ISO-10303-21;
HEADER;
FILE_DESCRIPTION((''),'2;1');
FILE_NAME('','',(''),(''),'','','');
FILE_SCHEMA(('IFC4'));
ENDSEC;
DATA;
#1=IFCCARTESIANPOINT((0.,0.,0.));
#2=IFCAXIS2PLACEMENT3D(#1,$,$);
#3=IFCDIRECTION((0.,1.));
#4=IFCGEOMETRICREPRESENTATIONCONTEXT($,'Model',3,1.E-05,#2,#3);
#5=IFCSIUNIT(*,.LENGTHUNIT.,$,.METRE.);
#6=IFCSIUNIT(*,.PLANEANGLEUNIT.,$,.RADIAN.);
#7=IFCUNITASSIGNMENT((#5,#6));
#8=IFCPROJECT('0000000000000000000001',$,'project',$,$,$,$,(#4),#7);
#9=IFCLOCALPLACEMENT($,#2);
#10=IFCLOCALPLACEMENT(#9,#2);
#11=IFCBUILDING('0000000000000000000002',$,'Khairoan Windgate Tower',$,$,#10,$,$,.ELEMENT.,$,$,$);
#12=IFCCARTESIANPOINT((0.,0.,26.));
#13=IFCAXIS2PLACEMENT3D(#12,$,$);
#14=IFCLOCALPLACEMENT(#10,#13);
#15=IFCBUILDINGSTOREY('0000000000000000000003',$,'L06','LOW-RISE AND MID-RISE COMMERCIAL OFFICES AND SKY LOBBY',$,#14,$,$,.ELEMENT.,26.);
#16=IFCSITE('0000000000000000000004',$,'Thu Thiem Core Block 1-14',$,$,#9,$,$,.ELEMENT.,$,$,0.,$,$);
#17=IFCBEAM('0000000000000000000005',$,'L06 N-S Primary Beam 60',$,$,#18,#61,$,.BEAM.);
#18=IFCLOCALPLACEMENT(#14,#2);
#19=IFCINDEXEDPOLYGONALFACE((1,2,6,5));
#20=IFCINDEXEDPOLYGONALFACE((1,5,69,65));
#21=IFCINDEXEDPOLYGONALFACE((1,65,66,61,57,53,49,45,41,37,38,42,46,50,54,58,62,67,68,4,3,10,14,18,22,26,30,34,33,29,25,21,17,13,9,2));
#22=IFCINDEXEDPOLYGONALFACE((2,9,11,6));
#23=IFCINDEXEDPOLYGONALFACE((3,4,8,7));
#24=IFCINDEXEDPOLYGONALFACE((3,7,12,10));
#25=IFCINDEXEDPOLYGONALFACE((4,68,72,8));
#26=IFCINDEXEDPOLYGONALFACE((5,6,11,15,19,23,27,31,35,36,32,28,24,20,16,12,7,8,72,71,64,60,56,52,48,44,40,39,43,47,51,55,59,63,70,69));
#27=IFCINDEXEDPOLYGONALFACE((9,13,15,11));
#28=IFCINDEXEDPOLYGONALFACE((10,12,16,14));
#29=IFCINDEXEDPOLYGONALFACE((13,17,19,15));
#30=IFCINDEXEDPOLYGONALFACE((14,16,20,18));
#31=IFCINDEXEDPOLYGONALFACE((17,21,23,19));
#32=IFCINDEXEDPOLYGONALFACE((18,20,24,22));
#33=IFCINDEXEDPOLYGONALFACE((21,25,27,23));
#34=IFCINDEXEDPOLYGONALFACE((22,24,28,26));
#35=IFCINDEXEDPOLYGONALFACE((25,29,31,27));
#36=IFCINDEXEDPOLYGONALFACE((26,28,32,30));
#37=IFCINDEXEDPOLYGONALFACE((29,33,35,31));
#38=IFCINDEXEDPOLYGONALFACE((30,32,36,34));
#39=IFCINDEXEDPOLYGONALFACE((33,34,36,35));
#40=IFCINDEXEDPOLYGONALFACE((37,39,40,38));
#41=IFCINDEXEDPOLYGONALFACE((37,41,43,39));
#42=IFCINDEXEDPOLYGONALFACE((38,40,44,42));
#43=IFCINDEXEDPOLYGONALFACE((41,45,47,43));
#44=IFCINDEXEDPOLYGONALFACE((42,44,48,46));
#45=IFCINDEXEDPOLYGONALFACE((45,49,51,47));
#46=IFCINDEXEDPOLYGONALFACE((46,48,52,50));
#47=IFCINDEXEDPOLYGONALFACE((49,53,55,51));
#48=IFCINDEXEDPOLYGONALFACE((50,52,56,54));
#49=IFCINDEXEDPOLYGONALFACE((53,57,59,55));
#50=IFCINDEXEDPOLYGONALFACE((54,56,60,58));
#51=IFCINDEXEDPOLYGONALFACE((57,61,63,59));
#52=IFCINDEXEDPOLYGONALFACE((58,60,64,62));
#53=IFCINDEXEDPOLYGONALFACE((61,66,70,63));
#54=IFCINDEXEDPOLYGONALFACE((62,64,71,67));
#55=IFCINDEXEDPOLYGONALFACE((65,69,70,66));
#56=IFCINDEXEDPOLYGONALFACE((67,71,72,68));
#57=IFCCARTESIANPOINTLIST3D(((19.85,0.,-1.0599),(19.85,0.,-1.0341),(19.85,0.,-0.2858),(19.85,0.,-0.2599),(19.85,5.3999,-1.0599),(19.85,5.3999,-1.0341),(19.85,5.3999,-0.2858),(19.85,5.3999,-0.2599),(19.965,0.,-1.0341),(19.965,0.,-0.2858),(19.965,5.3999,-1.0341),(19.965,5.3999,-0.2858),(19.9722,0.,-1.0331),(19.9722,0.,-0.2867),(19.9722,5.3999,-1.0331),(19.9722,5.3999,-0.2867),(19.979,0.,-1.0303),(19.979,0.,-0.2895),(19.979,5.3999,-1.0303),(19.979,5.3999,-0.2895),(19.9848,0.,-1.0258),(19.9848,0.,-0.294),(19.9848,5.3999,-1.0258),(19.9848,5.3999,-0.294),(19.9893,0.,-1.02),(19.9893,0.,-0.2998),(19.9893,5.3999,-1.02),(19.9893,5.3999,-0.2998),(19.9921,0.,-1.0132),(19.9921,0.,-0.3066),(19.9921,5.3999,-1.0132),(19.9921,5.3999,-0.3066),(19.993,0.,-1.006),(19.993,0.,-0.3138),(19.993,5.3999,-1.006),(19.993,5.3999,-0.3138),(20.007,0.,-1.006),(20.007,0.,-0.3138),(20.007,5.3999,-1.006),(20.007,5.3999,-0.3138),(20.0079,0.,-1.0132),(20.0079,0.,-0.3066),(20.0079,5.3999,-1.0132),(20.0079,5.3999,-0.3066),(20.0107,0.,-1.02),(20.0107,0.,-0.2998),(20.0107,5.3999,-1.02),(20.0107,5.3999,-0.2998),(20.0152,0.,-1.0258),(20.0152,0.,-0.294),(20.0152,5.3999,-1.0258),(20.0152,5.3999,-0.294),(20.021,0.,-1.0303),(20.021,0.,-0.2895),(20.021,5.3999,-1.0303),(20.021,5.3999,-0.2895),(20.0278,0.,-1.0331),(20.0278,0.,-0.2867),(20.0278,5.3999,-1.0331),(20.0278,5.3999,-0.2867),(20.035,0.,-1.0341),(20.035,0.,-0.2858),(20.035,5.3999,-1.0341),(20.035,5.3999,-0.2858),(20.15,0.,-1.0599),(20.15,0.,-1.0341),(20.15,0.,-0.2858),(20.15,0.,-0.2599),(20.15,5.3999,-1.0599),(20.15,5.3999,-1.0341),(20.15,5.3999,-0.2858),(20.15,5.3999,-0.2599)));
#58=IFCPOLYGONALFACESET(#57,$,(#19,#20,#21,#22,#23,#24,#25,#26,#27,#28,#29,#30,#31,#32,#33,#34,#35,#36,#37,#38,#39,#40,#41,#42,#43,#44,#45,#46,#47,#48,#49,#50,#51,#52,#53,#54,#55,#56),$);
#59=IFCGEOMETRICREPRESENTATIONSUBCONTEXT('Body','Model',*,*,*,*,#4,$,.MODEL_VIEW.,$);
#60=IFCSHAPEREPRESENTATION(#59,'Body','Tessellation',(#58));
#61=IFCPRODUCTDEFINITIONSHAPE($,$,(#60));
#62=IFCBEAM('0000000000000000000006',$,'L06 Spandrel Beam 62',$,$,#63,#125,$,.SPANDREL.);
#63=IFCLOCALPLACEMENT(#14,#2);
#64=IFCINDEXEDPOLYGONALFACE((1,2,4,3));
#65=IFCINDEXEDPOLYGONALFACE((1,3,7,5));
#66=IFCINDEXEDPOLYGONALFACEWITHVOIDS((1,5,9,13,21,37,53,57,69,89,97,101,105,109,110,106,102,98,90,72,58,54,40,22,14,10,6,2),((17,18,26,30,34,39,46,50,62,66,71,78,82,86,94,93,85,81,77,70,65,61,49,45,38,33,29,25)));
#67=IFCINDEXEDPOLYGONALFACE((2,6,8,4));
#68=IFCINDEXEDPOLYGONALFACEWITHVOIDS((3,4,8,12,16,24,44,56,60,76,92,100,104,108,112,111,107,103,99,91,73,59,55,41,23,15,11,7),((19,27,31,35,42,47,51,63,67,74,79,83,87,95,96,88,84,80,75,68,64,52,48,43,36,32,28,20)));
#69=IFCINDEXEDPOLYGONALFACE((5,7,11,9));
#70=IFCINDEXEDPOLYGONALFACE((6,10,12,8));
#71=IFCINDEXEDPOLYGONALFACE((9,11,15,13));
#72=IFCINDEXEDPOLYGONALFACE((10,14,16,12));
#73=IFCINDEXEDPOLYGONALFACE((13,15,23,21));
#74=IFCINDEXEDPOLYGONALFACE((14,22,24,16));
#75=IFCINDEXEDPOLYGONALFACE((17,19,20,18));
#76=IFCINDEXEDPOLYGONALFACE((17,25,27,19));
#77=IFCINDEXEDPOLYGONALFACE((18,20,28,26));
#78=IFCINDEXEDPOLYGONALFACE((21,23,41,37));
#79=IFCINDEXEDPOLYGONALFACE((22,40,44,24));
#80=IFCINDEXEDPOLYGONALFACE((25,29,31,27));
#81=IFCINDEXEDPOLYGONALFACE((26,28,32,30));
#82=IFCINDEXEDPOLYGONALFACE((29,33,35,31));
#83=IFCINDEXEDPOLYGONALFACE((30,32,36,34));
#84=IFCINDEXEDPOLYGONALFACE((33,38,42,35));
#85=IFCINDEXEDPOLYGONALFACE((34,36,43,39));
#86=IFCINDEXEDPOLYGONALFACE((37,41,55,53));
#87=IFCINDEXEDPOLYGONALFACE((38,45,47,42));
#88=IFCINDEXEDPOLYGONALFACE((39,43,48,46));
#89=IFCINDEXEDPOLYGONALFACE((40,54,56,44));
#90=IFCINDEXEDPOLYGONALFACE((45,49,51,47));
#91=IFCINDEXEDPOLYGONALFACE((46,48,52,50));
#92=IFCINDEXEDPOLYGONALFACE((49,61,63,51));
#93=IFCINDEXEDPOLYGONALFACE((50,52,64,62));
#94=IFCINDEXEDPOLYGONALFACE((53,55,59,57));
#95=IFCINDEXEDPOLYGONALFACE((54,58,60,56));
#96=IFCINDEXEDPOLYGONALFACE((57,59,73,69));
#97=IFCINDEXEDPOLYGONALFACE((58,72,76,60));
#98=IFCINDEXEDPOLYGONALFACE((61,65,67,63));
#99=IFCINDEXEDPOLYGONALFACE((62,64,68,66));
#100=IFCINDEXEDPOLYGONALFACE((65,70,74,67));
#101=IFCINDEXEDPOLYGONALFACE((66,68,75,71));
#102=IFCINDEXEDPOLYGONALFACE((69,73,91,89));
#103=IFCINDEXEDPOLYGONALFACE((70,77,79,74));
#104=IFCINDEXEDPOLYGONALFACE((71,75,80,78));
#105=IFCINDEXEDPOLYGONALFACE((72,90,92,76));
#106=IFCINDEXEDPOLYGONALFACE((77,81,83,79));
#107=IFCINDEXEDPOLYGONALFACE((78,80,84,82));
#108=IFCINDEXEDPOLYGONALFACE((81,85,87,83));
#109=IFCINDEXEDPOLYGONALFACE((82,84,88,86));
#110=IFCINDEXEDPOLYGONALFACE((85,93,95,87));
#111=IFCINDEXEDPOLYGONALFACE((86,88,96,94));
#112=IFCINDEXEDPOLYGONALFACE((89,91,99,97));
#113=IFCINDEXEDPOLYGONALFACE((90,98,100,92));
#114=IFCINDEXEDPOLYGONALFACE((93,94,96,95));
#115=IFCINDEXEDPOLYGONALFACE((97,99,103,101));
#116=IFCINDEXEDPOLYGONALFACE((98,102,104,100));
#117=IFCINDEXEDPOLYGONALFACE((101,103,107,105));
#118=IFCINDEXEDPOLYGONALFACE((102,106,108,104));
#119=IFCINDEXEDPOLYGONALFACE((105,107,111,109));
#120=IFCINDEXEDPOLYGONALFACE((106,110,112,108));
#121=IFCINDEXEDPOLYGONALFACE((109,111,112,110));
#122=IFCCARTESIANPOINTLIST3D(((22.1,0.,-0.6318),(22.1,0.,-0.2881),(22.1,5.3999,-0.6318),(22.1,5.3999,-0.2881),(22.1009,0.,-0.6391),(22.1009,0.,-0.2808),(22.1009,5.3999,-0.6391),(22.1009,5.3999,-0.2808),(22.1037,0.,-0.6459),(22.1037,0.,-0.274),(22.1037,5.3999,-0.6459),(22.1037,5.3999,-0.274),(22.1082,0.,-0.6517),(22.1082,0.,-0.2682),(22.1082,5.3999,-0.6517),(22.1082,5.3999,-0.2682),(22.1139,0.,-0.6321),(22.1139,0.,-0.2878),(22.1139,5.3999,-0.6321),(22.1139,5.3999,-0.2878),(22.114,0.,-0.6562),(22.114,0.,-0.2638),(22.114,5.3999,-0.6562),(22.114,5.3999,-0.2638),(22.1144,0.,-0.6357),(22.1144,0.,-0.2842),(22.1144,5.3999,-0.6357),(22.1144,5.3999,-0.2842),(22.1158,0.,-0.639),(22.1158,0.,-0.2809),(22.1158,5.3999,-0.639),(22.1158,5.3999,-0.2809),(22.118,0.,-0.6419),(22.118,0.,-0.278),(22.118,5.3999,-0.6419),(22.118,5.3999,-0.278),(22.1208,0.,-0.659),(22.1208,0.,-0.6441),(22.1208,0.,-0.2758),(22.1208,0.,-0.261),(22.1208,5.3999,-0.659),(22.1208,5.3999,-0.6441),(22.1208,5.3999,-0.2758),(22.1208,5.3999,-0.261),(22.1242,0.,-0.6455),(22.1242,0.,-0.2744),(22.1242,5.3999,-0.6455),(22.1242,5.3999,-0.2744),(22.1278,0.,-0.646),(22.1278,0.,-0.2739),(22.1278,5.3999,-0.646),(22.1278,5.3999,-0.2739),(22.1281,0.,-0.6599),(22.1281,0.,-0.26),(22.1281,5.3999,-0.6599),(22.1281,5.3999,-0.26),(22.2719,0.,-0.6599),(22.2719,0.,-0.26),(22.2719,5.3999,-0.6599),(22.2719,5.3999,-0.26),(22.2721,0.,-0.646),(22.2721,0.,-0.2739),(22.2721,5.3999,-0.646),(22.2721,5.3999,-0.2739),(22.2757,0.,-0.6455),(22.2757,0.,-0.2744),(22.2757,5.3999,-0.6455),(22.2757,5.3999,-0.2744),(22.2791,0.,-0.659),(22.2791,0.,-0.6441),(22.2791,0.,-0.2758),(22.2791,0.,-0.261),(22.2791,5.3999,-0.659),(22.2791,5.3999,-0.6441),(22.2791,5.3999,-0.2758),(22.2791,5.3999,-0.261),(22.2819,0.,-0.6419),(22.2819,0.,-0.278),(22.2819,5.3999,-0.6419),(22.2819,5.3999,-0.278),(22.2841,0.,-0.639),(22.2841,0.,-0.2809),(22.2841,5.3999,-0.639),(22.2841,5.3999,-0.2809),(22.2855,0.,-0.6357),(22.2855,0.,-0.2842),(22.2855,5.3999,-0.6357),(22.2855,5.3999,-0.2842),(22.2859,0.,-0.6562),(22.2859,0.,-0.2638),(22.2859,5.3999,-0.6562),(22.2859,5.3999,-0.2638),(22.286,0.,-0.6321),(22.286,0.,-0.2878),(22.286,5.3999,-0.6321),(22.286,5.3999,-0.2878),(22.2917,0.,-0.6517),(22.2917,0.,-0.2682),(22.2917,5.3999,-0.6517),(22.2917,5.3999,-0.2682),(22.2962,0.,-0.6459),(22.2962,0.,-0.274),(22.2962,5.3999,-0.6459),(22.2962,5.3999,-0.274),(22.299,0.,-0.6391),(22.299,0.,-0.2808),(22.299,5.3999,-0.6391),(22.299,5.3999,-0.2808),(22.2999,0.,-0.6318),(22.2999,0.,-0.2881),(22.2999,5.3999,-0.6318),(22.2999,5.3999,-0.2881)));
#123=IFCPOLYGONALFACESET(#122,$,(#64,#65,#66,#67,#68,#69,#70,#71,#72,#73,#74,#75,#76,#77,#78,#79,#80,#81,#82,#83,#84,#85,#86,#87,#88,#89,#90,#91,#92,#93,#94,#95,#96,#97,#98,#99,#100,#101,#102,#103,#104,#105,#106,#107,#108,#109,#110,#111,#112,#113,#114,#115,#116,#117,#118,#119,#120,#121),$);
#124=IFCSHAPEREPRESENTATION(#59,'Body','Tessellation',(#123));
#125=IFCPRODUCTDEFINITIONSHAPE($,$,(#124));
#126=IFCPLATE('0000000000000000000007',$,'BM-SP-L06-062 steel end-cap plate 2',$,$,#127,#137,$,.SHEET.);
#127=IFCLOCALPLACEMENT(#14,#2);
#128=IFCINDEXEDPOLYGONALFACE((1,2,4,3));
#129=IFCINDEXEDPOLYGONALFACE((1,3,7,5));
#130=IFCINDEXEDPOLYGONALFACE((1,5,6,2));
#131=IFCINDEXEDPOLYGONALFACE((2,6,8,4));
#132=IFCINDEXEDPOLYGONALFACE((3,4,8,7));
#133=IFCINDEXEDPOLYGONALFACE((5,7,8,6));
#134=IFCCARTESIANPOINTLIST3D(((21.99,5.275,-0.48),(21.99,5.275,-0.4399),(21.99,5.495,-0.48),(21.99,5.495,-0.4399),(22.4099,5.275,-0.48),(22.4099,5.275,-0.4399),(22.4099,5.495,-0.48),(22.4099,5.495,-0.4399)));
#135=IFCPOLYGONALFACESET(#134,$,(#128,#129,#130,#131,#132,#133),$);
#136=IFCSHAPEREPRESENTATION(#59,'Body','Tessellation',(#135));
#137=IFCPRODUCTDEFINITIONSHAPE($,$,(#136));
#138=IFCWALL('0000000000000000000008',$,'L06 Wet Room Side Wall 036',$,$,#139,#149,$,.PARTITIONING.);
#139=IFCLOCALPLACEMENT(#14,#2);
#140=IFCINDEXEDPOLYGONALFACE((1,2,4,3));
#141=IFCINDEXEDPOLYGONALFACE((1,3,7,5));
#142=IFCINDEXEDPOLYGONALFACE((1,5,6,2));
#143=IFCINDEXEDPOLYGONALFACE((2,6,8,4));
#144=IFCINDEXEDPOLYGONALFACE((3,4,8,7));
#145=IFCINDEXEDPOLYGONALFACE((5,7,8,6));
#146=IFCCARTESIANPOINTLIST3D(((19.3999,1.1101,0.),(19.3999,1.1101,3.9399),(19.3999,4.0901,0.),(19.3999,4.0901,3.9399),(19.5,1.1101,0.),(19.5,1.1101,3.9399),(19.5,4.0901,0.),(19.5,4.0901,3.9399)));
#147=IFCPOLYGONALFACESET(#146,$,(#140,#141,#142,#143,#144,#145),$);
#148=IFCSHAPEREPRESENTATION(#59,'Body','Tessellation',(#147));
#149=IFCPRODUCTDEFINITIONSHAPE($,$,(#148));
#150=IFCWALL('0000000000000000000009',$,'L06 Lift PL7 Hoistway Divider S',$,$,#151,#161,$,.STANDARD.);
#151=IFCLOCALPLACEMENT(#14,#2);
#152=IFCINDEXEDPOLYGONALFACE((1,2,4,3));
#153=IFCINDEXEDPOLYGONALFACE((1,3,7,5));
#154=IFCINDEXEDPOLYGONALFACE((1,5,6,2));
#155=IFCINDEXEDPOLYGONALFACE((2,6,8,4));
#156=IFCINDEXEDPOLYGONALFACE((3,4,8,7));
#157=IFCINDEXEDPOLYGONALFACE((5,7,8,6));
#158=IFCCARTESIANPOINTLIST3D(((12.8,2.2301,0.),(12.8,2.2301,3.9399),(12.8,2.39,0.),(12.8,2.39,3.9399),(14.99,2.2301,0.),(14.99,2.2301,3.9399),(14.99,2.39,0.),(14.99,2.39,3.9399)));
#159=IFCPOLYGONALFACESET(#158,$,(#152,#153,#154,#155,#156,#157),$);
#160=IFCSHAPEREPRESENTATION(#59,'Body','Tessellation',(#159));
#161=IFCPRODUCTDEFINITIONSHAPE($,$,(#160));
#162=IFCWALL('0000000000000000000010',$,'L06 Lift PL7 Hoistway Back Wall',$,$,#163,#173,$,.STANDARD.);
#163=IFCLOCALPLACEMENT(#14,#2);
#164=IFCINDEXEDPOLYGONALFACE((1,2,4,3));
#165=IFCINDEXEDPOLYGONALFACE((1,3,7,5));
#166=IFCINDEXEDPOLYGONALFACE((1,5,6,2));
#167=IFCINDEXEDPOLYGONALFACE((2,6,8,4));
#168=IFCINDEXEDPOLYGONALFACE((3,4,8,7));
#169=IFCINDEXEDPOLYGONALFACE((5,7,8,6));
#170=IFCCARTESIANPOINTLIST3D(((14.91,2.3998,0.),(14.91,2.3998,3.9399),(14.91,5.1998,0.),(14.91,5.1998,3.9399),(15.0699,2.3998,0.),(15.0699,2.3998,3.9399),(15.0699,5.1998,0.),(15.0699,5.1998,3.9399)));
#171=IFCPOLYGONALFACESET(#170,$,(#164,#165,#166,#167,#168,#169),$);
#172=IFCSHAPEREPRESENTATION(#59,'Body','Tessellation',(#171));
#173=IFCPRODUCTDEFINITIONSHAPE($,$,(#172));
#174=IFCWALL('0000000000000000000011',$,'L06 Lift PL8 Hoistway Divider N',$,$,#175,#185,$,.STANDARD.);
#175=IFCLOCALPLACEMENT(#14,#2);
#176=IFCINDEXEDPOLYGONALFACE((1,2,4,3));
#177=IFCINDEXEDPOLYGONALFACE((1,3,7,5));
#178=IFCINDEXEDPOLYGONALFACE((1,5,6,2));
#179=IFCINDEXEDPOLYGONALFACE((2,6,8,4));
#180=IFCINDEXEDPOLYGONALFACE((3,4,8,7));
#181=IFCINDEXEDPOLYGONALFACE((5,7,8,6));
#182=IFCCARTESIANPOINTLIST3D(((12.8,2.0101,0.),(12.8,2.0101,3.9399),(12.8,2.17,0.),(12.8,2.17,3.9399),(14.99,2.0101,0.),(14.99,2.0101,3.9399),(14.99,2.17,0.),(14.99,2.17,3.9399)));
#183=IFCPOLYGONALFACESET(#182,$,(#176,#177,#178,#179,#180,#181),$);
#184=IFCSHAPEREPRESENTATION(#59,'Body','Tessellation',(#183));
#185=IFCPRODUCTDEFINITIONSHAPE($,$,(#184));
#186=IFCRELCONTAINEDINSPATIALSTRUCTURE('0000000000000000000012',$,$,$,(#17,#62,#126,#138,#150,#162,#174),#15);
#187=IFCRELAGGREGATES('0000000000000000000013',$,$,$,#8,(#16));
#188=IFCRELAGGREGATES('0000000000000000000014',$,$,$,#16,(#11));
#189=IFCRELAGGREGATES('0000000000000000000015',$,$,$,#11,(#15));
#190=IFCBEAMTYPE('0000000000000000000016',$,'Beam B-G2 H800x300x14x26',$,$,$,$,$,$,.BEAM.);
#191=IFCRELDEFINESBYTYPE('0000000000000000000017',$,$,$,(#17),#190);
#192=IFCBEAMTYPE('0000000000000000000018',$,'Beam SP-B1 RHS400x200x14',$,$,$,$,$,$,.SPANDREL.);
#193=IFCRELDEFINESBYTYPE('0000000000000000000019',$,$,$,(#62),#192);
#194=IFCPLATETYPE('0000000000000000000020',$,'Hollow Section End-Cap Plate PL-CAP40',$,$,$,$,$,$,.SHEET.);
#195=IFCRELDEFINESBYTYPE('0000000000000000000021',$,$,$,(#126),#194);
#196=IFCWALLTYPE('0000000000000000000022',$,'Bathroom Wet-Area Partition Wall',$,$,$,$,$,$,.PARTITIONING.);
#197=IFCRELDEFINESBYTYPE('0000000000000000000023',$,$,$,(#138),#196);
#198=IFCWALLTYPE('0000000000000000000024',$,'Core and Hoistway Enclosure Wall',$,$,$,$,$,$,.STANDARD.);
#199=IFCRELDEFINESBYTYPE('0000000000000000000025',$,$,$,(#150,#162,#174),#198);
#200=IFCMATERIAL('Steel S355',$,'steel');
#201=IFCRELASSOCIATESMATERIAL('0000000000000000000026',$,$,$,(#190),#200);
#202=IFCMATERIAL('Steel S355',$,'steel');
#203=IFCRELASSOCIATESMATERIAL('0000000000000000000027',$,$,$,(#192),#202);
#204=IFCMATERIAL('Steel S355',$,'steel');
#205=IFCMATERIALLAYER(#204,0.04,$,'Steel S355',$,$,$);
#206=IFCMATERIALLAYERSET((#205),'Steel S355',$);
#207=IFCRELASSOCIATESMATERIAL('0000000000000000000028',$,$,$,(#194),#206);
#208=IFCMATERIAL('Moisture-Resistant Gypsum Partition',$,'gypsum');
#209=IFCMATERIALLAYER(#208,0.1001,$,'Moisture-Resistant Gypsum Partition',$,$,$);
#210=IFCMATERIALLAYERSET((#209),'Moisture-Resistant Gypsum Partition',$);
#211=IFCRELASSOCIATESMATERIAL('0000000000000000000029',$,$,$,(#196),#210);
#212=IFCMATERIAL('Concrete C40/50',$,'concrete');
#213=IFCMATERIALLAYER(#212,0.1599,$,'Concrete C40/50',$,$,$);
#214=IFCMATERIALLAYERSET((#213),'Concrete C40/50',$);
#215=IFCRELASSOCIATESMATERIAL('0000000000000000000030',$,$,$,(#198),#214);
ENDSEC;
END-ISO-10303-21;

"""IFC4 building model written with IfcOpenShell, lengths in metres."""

from ifc_helpers import new_model, si_unit, direction, frame, frame_2d, origin, origin_2d, place, context, subcontext, project, spatial, rectangle, hollow_rectangle, i_section, extrude, material, layer, layer_set, material_profile, profile_set, type_object, element, save


model = new_model("IFC4")

# Units and contexts
model_context = context("Model", 3, precision=1e-05, world=origin(), true_north=direction((0.0, 1.0)))
body_context = subcontext(model_context, "Body", "Model", "MODEL_VIEW")
ifc_project = project(units=[si_unit("LENGTHUNIT", "METRE"), si_unit("PLANEANGLEUNIT", "RADIAN")], contexts=[model_context])

# Site, building, storey
site_placement = place(None, origin())
site = spatial("IfcSite", under=ifc_project, at=site_placement, Name="Thu Thiem Core Block 1-14", CompositionType="ELEMENT", RefElevation=0.0)
building_placement = place(site_placement, origin())
building = spatial("IfcBuilding", under=site, at=building_placement, Name="Khairoan Windgate Tower", CompositionType="ELEMENT")
storey_placement = place(building_placement, frame((0.0, 0.0, 26.0)))
storey = spatial("IfcBuildingStorey", under=building, at=storey_placement, Name="L06", Description="LOW-RISE AND MID-RISE COMMERCIAL OFFICES AND SKY LOBBY", CompositionType="ELEMENT", Elevation=26.0)

# Beams
ifc_material_1 = material(Name="Steel S355", Category="steel")
ifc_material_profile_1 = material_profile(ifc_material_1, i_section(OverallWidth=0.3, OverallDepth=0.8, WebThickness=0.0139, FlangeThickness=0.0259, FilletRadius=0.0281, at=origin_2d()))
ifc_profile_set_1 = profile_set([ifc_material_profile_1], Name="Steel S355")
beam_type_1 = type_object("IfcBeamType", Name="Beam B-G2 H800x300x14x26", PredefinedType="BEAM", material=ifc_profile_set_1)
beam_1_placement = place(storey_placement, frame((20.0, 0.0, -0.6599), z_axis=(0.0, 1.0, 0.0), x_axis=(-1.0, 0.0, 0.0)))
element("IfcBeam", 1, at=beam_1_placement, inside=storey, type_object=beam_type_1, Name="L06 N-S Primary Beam 60", PredefinedType="BEAM", context=body_context, shape_type="SweptSolid", body=[
    extrude(i_section(OverallWidth=0.3, OverallDepth=0.8, WebThickness=0.0139, FlangeThickness=0.0259, FilletRadius=0.0281, at=origin_2d()), origin(), (0.0, 0.0, 1.0), 5.3999),
])
ifc_material_2 = material(Name="Steel S355", Category="steel")
ifc_material_profile_2 = material_profile(ifc_material_2, hollow_rectangle(XDim=0.2, YDim=0.3999, WallThickness=0.0139, InnerFilletRadius=0.0139, OuterFilletRadius=0.0281, at=origin_2d()))
ifc_profile_set_2 = profile_set([ifc_material_profile_2], Name="Steel S355")
beam_type_2 = type_object("IfcBeamType", Name="Beam SP-B1 RHS400x200x14", PredefinedType="SPANDREL", material=ifc_profile_set_2)
beam_2_placement = place(storey_placement, frame((22.2, 0.0, -0.46), z_axis=(0.0, 1.0, 0.0), x_axis=(-1.0, 0.0, 0.0)))
element("IfcBeam", 2, at=beam_2_placement, inside=storey, type_object=beam_type_2, Name="L06 Spandrel Beam 62", PredefinedType="SPANDREL", context=body_context, shape_type="SweptSolid", body=[
    extrude(hollow_rectangle(XDim=0.2, YDim=0.3999, WallThickness=0.0139, InnerFilletRadius=0.0139, OuterFilletRadius=0.0281, at=origin_2d()), origin(), (0.0, 0.0, 1.0), 5.3999),
])

# Plate
ifc_material_3 = material(Name="Steel S355", Category="steel")
ifc_layer_1 = layer(ifc_material_3, 0.04, Name="Steel S355")
ifc_layer_set_1 = layer_set([ifc_layer_1], Name="Steel S355")
plate_type = type_object("IfcPlateType", Name="Hollow Section End-Cap Plate PL-CAP40", PredefinedType="SHEET", material=ifc_layer_set_1)
plate_placement = place(storey_placement, frame((22.2, 5.385, -0.48), z_axis=(0.0, 0.0, 1.0), x_axis=(0.0, 1.0, 0.0)))
element("IfcPlate", 3, at=plate_placement, inside=storey, type_object=plate_type, Name="BM-SP-L06-062 steel end-cap plate 2", PredefinedType="SHEET", context=body_context, shape_type="SweptSolid", body=[
    extrude(rectangle(XDim=0.22, YDim=0.4199, at=origin_2d()), origin(), (0.0, 0.0, 1.0), 0.04),
])

# Walls
ifc_material_4 = material(Name="Moisture-Resistant Gypsum Partition", Category="gypsum")
ifc_layer_2 = layer(ifc_material_4, 0.1001, Name="Moisture-Resistant Gypsum Partition")
ifc_layer_set_2 = layer_set([ifc_layer_2], Name="Moisture-Resistant Gypsum Partition")
wall_type_1 = type_object("IfcWallType", Name="Bathroom Wet-Area Partition Wall", PredefinedType="PARTITIONING", material=ifc_layer_set_2)
wall_1_placement = place(storey_placement, frame((19.45, 4.0901, 0.0), z_axis=(0.0, 0.0, 1.0), x_axis=(0.0, -1.0, 0.0)))
element("IfcWall", 4, at=wall_1_placement, inside=storey, type_object=wall_type_1, Name="L06 Wet Room Side Wall 036", PredefinedType="PARTITIONING", context=body_context, shape_type="SweptSolid", body=[
    extrude(rectangle(XDim=2.98, YDim=0.1001, at=frame_2d((1.49, 0.0))), origin(), (0.0, 0.0, 1.0), 3.9399),
])
ifc_material_5 = material(Name="Concrete C40/50", Category="concrete")
ifc_layer_3 = layer(ifc_material_5, 0.1599, Name="Concrete C40/50")
ifc_layer_set_3 = layer_set([ifc_layer_3], Name="Concrete C40/50")
wall_type_2 = type_object("IfcWallType", Name="Core and Hoistway Enclosure Wall", PredefinedType="STANDARD", material=ifc_layer_set_3)
wall_2_placement = place(storey_placement, frame((12.8, 2.3101, 0.0), z_axis=(0.0, 0.0, 1.0), x_axis=(1.0, 0.0, 0.0)))
element("IfcWall", 5, at=wall_2_placement, inside=storey, type_object=wall_type_2, Name="L06 Lift PL7 Hoistway Divider S", PredefinedType="STANDARD", context=body_context, shape_type="SweptSolid", body=[
    extrude(rectangle(XDim=2.1899, YDim=0.1599, at=frame_2d((1.095, 0.0))), origin(), (0.0, 0.0, 1.0), 3.9399),
])
wall_3_placement = place(storey_placement, frame((14.99, 2.3999, 0.0), z_axis=(0.0, 0.0, 1.0), x_axis=(0.0, 1.0, 0.0)))
element("IfcWall", 6, at=wall_3_placement, inside=storey, type_object=wall_type_2, Name="L06 Lift PL7 Hoistway Back Wall", PredefinedType="STANDARD", context=body_context, shape_type="SweptSolid", body=[
    extrude(rectangle(XDim=2.8, YDim=0.1599, at=frame_2d((1.3999, 0.0))), origin(), (0.0, 0.0, 1.0), 3.9399),
])
wall_4_placement = place(storey_placement, frame((12.8, 2.0901, 0.0), z_axis=(0.0, 0.0, 1.0), x_axis=(1.0, 0.0, 0.0)))
element("IfcWall", 7, at=wall_4_placement, inside=storey, type_object=wall_type_2, Name="L06 Lift PL8 Hoistway Divider N", PredefinedType="STANDARD", context=body_context, shape_type="SweptSolid", body=[
    extrude(rectangle(XDim=2.1899, YDim=0.1599, at=frame_2d((1.095, 0.0))), origin(), (0.0, 0.0, 1.0), 3.9399),
])

save(model, "model.ifc")
